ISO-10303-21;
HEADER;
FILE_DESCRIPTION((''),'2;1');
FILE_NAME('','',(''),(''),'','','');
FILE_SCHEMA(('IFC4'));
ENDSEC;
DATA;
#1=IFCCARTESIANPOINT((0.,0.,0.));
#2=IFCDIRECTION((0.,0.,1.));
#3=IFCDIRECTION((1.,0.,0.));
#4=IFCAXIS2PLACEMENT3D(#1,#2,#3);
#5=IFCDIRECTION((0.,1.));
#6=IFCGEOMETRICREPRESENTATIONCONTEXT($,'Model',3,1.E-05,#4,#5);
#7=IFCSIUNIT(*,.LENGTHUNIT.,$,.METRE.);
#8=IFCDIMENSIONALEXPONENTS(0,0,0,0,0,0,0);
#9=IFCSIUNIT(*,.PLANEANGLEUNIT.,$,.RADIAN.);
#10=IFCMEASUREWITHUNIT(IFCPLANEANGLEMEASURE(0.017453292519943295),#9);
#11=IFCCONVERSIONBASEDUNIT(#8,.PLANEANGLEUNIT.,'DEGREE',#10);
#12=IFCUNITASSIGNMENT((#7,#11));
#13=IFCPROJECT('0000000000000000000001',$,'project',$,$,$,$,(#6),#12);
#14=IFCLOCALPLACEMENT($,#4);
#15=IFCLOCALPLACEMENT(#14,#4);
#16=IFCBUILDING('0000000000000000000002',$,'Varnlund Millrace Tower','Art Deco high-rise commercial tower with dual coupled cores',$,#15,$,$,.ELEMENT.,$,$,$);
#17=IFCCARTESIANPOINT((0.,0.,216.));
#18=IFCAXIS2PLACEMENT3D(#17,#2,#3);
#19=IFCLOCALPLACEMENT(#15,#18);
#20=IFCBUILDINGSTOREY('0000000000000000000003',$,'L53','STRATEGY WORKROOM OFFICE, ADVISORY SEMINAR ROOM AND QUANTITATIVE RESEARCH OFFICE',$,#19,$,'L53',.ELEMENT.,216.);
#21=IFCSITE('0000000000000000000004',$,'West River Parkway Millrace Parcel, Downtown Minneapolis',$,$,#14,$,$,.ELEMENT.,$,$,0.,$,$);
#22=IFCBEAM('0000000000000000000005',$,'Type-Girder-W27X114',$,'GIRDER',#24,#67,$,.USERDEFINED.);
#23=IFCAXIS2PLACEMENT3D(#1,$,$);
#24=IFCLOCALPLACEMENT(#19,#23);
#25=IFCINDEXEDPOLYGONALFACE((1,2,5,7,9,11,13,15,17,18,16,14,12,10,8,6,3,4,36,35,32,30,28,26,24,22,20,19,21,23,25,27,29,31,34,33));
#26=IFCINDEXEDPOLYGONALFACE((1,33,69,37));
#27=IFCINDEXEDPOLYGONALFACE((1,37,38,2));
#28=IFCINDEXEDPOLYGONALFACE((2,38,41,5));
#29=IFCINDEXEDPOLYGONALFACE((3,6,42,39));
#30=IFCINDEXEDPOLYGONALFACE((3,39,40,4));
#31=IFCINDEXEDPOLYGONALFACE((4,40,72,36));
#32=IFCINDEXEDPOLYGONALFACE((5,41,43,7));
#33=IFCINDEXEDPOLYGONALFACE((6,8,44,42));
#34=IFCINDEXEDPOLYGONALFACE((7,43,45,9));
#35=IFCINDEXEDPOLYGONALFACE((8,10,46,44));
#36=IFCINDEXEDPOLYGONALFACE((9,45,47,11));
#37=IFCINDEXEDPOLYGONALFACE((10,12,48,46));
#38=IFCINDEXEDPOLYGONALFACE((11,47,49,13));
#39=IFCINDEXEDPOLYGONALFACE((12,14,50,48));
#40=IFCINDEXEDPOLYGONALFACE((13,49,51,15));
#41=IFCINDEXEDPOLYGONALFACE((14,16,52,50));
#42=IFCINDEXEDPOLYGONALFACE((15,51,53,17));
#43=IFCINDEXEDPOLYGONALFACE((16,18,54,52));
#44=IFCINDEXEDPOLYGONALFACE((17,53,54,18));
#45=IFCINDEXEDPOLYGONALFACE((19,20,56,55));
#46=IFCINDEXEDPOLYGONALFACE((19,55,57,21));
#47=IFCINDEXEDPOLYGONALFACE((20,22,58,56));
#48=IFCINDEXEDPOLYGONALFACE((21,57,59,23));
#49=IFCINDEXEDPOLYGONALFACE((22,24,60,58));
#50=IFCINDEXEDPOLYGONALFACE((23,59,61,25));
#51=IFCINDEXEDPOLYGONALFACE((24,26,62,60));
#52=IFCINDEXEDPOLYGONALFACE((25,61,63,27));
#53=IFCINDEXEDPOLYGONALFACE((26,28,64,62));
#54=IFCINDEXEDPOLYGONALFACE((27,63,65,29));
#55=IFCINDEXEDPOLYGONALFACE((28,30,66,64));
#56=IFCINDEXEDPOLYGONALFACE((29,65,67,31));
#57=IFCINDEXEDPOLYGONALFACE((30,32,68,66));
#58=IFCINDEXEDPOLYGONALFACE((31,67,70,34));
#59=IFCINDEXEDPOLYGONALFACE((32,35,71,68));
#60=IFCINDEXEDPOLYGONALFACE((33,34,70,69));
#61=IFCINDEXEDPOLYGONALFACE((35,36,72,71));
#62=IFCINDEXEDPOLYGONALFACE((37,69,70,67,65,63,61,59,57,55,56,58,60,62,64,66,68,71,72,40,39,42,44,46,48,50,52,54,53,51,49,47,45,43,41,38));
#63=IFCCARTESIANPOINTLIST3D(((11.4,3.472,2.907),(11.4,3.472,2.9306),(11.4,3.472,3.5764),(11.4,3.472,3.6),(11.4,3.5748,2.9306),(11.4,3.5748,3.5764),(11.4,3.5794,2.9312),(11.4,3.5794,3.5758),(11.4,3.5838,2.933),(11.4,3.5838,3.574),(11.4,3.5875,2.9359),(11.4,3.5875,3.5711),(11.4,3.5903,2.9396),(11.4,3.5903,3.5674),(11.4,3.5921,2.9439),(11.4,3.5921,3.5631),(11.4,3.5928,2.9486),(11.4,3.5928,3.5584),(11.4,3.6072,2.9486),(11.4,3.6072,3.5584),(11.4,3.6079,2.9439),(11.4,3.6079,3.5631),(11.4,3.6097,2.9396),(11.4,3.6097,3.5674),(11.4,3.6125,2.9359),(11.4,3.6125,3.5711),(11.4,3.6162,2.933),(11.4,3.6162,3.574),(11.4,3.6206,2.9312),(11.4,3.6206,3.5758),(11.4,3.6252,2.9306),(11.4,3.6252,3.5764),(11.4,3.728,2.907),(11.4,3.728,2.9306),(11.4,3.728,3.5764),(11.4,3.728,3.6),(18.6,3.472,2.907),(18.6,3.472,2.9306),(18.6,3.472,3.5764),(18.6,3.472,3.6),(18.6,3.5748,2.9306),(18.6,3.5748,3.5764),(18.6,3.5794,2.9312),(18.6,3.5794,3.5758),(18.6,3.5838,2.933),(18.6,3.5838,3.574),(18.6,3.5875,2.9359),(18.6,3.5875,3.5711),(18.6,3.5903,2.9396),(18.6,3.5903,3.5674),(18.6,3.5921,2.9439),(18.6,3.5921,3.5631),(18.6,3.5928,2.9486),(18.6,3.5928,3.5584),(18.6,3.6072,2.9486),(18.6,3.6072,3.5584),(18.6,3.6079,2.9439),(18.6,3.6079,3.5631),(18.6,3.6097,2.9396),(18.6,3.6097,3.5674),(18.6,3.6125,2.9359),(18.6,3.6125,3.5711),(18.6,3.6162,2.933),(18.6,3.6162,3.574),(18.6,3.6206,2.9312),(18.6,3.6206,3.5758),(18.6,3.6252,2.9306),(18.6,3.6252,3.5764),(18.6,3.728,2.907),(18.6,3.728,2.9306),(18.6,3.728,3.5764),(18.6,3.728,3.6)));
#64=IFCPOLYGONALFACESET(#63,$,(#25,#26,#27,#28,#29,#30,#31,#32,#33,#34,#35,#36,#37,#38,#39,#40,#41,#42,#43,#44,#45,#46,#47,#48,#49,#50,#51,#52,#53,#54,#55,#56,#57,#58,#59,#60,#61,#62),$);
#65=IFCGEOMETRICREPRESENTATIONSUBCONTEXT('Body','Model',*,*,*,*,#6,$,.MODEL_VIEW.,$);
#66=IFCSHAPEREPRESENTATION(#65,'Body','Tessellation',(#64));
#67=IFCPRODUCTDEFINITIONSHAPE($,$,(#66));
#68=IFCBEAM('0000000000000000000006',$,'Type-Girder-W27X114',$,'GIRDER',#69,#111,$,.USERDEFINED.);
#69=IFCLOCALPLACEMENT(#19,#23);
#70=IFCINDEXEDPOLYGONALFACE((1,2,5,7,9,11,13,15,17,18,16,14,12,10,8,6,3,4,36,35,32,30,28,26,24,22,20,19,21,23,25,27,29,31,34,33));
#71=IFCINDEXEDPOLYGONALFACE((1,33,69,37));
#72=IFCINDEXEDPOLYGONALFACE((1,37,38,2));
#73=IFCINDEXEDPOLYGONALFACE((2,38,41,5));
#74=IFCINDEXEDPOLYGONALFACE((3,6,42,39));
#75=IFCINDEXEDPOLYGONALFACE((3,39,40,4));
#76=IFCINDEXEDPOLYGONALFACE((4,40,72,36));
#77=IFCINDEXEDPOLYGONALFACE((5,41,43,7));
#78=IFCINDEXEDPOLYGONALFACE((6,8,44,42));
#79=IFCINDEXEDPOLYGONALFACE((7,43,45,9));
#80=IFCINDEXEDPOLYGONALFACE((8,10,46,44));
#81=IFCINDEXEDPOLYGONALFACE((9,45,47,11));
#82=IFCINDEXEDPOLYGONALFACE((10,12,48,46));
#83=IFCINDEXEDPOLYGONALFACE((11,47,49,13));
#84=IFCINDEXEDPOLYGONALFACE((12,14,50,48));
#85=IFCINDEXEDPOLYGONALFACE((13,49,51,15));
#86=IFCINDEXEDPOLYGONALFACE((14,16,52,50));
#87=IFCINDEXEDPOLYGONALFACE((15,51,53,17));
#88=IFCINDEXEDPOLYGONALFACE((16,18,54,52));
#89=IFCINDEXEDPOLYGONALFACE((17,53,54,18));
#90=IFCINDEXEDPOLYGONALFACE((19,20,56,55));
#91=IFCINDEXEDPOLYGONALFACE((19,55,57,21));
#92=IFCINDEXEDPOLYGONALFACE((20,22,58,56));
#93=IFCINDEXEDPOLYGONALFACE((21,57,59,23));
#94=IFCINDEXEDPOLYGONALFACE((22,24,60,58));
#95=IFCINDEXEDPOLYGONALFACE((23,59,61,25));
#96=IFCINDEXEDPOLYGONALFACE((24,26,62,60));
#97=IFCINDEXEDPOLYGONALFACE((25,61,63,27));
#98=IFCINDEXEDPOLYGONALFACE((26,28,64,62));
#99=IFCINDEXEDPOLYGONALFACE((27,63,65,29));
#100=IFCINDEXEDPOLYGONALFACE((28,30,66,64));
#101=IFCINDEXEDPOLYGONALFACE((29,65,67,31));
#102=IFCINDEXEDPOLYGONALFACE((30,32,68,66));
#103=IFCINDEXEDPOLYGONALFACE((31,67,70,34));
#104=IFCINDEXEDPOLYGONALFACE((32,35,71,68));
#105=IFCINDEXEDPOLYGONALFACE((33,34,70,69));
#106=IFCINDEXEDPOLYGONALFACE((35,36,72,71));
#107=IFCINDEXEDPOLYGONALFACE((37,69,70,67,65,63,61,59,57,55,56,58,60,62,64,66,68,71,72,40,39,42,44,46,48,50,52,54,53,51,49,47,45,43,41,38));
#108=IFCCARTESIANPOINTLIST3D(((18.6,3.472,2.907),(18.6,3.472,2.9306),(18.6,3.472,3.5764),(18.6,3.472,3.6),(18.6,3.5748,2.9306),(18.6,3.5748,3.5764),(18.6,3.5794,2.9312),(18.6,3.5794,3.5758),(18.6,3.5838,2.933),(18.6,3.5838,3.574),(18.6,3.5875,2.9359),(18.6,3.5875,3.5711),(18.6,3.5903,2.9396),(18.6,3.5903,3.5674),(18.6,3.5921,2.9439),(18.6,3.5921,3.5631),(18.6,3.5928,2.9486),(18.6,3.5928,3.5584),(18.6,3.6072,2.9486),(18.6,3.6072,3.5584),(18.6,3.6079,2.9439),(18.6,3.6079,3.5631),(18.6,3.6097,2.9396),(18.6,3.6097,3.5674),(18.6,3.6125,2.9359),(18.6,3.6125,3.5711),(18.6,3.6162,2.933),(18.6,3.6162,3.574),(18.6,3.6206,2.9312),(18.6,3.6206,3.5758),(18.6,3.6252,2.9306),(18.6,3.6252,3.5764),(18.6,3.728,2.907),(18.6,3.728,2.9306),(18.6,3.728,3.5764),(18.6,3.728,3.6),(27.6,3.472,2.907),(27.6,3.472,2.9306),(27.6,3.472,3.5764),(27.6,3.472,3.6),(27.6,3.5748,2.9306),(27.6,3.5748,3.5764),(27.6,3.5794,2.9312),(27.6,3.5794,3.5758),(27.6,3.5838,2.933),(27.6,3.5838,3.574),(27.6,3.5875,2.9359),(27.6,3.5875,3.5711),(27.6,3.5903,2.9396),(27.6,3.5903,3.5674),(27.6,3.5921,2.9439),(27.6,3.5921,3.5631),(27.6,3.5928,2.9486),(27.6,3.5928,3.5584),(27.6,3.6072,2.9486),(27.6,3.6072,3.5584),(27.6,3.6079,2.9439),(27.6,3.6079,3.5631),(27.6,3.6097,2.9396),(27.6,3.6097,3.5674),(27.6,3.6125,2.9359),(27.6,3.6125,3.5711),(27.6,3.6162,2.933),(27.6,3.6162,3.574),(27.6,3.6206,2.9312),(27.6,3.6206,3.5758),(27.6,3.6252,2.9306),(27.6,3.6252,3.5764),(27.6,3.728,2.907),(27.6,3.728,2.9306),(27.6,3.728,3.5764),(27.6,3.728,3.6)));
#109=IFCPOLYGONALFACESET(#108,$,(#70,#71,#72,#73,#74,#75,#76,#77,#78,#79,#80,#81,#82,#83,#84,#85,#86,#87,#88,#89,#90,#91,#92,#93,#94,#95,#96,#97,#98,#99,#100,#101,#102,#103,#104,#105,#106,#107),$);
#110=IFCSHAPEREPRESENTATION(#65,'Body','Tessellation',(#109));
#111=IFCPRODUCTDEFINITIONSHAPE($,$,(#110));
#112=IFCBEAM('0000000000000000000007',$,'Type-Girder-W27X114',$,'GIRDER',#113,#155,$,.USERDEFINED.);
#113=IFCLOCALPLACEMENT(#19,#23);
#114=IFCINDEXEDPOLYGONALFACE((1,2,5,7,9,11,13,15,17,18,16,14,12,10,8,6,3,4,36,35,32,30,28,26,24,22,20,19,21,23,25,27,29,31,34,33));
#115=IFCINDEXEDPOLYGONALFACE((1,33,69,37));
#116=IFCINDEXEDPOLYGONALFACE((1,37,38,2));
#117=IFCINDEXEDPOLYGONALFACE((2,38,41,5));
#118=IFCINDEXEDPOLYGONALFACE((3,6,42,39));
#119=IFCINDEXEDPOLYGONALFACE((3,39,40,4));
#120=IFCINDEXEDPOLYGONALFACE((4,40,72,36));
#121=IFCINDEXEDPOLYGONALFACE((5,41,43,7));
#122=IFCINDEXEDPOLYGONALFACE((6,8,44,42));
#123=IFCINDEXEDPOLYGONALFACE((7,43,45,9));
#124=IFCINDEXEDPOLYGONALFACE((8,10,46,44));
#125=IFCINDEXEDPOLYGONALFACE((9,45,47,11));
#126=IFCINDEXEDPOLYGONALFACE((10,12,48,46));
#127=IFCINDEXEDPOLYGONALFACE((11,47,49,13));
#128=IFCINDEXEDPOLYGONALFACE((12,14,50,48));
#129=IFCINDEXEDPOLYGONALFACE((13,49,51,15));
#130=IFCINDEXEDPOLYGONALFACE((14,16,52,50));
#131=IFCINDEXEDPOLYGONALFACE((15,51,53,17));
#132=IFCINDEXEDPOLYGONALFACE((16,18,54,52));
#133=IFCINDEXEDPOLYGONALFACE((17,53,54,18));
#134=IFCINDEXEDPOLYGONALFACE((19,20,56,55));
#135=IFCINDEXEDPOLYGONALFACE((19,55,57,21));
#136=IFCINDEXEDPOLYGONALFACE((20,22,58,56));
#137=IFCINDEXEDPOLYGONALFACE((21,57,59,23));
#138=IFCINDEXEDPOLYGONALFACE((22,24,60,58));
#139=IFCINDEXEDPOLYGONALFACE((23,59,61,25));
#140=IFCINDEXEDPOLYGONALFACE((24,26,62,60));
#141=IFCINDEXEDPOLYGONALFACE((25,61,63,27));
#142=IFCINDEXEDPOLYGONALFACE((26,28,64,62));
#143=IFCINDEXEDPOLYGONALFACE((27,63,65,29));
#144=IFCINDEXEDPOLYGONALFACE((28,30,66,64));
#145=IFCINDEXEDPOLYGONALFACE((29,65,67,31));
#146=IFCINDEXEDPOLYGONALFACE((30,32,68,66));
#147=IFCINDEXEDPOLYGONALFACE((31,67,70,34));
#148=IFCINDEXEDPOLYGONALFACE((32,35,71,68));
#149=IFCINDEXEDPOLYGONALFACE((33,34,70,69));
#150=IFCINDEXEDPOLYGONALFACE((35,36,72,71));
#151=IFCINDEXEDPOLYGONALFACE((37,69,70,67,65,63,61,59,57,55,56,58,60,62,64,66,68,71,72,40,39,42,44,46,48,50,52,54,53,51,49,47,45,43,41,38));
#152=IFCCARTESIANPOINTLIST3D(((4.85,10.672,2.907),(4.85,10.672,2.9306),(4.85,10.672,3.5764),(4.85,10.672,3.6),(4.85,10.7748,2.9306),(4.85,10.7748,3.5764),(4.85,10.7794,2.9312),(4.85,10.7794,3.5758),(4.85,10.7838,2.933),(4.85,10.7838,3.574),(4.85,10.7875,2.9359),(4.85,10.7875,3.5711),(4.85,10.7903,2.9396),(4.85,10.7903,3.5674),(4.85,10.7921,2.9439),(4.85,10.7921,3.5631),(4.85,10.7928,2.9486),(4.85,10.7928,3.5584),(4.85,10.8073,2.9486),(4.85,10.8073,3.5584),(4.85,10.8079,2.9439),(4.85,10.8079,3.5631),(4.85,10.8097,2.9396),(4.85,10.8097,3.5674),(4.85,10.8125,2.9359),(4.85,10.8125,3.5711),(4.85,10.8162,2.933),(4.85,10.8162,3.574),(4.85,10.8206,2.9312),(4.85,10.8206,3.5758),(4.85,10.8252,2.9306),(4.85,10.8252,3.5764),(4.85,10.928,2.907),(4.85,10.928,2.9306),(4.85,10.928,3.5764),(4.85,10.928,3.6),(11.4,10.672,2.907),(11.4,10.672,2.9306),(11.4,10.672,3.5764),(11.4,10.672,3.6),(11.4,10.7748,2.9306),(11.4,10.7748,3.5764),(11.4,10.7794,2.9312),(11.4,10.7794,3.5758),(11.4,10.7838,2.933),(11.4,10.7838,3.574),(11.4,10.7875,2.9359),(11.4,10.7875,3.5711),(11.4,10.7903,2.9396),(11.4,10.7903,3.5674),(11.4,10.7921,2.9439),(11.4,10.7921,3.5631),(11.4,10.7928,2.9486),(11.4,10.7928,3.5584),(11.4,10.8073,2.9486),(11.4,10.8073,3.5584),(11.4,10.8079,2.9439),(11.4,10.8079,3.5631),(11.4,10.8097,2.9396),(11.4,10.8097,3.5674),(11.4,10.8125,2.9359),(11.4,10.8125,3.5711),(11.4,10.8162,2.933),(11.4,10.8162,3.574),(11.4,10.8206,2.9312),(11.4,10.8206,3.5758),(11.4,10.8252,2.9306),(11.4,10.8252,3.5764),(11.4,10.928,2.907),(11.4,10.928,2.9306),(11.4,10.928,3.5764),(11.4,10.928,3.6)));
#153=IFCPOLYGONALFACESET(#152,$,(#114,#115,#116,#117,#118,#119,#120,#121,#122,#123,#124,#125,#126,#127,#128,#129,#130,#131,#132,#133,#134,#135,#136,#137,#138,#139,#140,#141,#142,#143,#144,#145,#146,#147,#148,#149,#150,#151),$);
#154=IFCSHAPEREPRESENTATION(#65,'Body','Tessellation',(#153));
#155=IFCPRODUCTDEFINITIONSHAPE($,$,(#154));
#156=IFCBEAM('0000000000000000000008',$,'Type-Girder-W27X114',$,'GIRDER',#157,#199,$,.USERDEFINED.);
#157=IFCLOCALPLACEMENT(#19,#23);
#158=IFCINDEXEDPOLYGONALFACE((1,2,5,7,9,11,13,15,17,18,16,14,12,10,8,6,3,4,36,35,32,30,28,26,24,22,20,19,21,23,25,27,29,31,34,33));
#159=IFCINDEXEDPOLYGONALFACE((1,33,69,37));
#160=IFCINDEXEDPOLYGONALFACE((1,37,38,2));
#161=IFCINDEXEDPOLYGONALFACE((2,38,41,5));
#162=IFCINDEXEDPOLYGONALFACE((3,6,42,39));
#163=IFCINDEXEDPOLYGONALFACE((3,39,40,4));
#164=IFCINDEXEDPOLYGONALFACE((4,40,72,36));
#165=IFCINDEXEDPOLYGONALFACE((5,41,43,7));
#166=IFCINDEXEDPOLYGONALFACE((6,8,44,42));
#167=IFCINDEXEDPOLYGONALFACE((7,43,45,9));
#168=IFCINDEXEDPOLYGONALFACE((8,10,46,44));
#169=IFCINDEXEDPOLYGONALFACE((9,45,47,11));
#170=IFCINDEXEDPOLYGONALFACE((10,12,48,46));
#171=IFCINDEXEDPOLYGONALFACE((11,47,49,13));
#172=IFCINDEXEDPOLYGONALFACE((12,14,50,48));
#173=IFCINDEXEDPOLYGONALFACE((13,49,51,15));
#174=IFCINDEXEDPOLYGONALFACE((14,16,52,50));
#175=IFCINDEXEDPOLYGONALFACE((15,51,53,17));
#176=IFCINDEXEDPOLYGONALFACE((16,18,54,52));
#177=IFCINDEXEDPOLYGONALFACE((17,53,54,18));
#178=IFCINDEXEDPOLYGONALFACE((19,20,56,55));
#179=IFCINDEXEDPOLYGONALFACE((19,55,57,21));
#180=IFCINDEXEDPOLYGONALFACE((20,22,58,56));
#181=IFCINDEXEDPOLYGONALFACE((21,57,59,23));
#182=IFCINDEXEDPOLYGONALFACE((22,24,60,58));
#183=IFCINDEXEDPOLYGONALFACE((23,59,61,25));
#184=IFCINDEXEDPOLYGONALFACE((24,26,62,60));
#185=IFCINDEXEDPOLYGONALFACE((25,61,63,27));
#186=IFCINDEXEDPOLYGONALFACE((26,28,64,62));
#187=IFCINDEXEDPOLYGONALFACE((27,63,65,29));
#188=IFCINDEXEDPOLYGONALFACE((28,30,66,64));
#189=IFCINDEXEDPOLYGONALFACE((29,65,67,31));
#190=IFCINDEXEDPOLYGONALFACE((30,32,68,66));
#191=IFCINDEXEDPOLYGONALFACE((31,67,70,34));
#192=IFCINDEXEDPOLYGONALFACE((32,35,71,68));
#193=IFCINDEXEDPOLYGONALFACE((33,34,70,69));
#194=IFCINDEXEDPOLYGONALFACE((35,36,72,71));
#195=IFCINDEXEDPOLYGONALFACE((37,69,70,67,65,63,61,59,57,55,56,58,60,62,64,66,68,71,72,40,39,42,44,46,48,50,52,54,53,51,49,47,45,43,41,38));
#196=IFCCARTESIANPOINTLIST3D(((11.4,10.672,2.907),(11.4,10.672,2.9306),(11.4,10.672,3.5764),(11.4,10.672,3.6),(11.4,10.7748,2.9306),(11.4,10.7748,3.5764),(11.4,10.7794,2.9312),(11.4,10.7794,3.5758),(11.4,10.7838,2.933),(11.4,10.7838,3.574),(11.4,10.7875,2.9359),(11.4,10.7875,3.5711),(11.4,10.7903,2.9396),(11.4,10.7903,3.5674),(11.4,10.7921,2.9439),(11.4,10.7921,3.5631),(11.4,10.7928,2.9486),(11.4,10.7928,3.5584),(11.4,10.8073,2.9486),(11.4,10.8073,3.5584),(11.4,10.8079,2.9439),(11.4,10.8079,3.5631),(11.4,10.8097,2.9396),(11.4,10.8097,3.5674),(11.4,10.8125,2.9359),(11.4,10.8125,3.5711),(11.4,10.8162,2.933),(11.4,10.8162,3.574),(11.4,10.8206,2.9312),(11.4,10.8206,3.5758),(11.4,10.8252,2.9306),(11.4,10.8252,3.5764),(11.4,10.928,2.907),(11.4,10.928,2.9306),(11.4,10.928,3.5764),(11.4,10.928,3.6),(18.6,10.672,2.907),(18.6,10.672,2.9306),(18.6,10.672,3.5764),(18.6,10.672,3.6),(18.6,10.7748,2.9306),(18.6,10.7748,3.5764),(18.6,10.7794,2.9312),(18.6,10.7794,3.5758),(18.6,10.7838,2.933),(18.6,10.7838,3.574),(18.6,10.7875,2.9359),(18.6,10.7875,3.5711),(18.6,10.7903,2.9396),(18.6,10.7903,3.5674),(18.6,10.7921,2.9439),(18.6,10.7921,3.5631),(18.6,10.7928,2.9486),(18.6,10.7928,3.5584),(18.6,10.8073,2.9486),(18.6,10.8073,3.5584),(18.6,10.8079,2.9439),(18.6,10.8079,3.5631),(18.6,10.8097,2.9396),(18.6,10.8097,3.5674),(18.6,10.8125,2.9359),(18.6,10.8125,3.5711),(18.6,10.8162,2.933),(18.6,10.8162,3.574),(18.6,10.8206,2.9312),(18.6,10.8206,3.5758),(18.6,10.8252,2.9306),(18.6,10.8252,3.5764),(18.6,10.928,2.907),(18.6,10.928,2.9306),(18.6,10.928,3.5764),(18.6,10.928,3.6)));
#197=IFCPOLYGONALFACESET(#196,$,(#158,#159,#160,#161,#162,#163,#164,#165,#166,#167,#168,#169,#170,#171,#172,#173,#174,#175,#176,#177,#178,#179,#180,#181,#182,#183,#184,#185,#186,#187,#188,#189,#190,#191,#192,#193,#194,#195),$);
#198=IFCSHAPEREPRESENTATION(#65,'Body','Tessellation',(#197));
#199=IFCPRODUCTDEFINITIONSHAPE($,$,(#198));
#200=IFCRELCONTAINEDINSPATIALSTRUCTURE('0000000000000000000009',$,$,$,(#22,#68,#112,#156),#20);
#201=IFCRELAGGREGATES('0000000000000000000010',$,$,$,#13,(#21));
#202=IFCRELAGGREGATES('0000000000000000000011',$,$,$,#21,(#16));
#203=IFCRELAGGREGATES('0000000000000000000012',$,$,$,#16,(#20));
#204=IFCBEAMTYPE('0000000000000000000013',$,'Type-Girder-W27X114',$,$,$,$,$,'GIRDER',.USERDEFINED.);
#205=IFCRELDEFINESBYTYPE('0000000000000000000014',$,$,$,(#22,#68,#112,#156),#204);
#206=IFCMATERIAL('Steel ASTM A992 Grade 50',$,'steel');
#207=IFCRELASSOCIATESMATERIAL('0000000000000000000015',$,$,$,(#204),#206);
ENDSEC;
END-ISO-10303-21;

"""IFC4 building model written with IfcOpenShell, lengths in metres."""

from ifc_helpers import new_model, entity, si_unit, converted_unit, direction, frame, origin_with_axes, origin_2d_with_axis, place, context, subcontext, project, spatial, i_section, extrude, material, material_profile, profile_set, type_object, element, save


model = new_model("IFC4")

# Units and contexts
model_context = context("Model", 3, precision=1e-05, world=origin_with_axes(), true_north=direction((0.0, 1.0)))
body_context = subcontext(model_context, "Body", "Model", "MODEL_VIEW")
ifc_project = project(units=[si_unit("LENGTHUNIT", "METRE"), converted_unit("PLANEANGLEUNIT", "DEGREE", entity("IfcPlaneAngleMeasure", 0.017453292519943295), si_unit("PLANEANGLEUNIT", "RADIAN"), dimensions=[0, 0, 0, 0, 0, 0, 0])], contexts=[model_context])

# Site, building, storey
site_placement = place(None, origin_with_axes())
site = spatial("IfcSite", under=ifc_project, at=site_placement, Name="West River Parkway Millrace Parcel, Downtown Minneapolis", CompositionType="ELEMENT", RefElevation=0.0)
building_placement = place(site_placement, origin_with_axes())
building = spatial("IfcBuilding", under=site, at=building_placement, Name="Varnlund Millrace Tower", Description="Art Deco high-rise commercial tower with dual coupled cores", CompositionType="ELEMENT")
storey_placement = place(building_placement, frame((0.0, 0.0, 216.0), z_axis=(0.0, 0.0, 1.0), x_axis=(1.0, 0.0, 0.0)))
storey = spatial("IfcBuildingStorey", under=building, at=storey_placement, Name="L53", Description="STRATEGY WORKROOM OFFICE, ADVISORY SEMINAR ROOM AND QUANTITATIVE RESEARCH OFFICE", LongName="L53", CompositionType="ELEMENT", Elevation=216.0)

# Beams
ifc_material_1 = material(Name="Steel ASTM A992 Grade 50", Category="steel")
ifc_material_profile_1 = material_profile(ifc_material_1, i_section(OverallWidth=0.256, OverallDepth=0.693, WebThickness=0.0145, FlangeThickness=0.0236, FilletRadius=0.018, at=origin_2d_with_axis()), Name="Steel ASTM A992 Grade 50")
ifc_profile_set_1 = profile_set([ifc_material_profile_1], Name="Steel ASTM A992 Grade 50")
beam_type_1 = type_object("IfcBeamType", Name="Type-Girder-W27X114", ElementType="GIRDER", PredefinedType="USERDEFINED", material=ifc_profile_set_1)
beam_1_placement = place(storey_placement, frame((11.4, 3.6, 3.2535), z_axis=(1.0, 0.0, 0.0), x_axis=(0.0, 1.0, 0.0)))
element("IfcBeam", 1, at=beam_1_placement, inside=storey, type_object=beam_type_1, Name="Type-Girder-W27X114", ObjectType="GIRDER", PredefinedType="USERDEFINED", context=body_context, shape_type="SweptSolid", body=[
    extrude(i_section(OverallWidth=0.256, OverallDepth=0.693, WebThickness=0.0145, FlangeThickness=0.0236, FilletRadius=0.018, at=origin_2d_with_axis()), origin_with_axes(), (0.0, 0.0, 1.0), 7.2),
])
beam_2_placement = place(storey_placement, frame((18.6, 3.6, 3.2535), z_axis=(1.0, 0.0, 0.0), x_axis=(0.0, 1.0, 0.0)))
element("IfcBeam", 2, at=beam_2_placement, inside=storey, type_object=beam_type_1, Name="Type-Girder-W27X114", ObjectType="GIRDER", PredefinedType="USERDEFINED", context=body_context, shape_type="SweptSolid", body=[
    extrude(i_section(OverallWidth=0.256, OverallDepth=0.693, WebThickness=0.0145, FlangeThickness=0.0236, FilletRadius=0.018, at=origin_2d_with_axis()), origin_with_axes(), (0.0, 0.0, 1.0), 9.0),
])
beam_3_placement = place(storey_placement, frame((4.85, 10.8, 3.2535), z_axis=(1.0, 0.0, 0.0), x_axis=(0.0, 1.0, 0.0)))
element("IfcBeam", 3, at=beam_3_placement, inside=storey, type_object=beam_type_1, Name="Type-Girder-W27X114", ObjectType="GIRDER", PredefinedType="USERDEFINED", context=body_context, shape_type="SweptSolid", body=[
    extrude(i_section(OverallWidth=0.256, OverallDepth=0.693, WebThickness=0.0145, FlangeThickness=0.0236, FilletRadius=0.018, at=origin_2d_with_axis()), origin_with_axes(), (0.0, 0.0, 1.0), 6.55),
])
beam_4_placement = place(storey_placement, frame((11.4, 10.8, 3.2535), z_axis=(1.0, 0.0, 0.0), x_axis=(0.0, 1.0, 0.0)))
element("IfcBeam", 4, at=beam_4_placement, inside=storey, type_object=beam_type_1, Name="Type-Girder-W27X114", ObjectType="GIRDER", PredefinedType="USERDEFINED", context=body_context, shape_type="SweptSolid", body=[
    extrude(i_section(OverallWidth=0.256, OverallDepth=0.693, WebThickness=0.0145, FlangeThickness=0.0236, FilletRadius=0.018, at=origin_2d_with_axis()), origin_with_axes(), (0.0, 0.0, 1.0), 7.2),
])

save(model, "model.ifc")
